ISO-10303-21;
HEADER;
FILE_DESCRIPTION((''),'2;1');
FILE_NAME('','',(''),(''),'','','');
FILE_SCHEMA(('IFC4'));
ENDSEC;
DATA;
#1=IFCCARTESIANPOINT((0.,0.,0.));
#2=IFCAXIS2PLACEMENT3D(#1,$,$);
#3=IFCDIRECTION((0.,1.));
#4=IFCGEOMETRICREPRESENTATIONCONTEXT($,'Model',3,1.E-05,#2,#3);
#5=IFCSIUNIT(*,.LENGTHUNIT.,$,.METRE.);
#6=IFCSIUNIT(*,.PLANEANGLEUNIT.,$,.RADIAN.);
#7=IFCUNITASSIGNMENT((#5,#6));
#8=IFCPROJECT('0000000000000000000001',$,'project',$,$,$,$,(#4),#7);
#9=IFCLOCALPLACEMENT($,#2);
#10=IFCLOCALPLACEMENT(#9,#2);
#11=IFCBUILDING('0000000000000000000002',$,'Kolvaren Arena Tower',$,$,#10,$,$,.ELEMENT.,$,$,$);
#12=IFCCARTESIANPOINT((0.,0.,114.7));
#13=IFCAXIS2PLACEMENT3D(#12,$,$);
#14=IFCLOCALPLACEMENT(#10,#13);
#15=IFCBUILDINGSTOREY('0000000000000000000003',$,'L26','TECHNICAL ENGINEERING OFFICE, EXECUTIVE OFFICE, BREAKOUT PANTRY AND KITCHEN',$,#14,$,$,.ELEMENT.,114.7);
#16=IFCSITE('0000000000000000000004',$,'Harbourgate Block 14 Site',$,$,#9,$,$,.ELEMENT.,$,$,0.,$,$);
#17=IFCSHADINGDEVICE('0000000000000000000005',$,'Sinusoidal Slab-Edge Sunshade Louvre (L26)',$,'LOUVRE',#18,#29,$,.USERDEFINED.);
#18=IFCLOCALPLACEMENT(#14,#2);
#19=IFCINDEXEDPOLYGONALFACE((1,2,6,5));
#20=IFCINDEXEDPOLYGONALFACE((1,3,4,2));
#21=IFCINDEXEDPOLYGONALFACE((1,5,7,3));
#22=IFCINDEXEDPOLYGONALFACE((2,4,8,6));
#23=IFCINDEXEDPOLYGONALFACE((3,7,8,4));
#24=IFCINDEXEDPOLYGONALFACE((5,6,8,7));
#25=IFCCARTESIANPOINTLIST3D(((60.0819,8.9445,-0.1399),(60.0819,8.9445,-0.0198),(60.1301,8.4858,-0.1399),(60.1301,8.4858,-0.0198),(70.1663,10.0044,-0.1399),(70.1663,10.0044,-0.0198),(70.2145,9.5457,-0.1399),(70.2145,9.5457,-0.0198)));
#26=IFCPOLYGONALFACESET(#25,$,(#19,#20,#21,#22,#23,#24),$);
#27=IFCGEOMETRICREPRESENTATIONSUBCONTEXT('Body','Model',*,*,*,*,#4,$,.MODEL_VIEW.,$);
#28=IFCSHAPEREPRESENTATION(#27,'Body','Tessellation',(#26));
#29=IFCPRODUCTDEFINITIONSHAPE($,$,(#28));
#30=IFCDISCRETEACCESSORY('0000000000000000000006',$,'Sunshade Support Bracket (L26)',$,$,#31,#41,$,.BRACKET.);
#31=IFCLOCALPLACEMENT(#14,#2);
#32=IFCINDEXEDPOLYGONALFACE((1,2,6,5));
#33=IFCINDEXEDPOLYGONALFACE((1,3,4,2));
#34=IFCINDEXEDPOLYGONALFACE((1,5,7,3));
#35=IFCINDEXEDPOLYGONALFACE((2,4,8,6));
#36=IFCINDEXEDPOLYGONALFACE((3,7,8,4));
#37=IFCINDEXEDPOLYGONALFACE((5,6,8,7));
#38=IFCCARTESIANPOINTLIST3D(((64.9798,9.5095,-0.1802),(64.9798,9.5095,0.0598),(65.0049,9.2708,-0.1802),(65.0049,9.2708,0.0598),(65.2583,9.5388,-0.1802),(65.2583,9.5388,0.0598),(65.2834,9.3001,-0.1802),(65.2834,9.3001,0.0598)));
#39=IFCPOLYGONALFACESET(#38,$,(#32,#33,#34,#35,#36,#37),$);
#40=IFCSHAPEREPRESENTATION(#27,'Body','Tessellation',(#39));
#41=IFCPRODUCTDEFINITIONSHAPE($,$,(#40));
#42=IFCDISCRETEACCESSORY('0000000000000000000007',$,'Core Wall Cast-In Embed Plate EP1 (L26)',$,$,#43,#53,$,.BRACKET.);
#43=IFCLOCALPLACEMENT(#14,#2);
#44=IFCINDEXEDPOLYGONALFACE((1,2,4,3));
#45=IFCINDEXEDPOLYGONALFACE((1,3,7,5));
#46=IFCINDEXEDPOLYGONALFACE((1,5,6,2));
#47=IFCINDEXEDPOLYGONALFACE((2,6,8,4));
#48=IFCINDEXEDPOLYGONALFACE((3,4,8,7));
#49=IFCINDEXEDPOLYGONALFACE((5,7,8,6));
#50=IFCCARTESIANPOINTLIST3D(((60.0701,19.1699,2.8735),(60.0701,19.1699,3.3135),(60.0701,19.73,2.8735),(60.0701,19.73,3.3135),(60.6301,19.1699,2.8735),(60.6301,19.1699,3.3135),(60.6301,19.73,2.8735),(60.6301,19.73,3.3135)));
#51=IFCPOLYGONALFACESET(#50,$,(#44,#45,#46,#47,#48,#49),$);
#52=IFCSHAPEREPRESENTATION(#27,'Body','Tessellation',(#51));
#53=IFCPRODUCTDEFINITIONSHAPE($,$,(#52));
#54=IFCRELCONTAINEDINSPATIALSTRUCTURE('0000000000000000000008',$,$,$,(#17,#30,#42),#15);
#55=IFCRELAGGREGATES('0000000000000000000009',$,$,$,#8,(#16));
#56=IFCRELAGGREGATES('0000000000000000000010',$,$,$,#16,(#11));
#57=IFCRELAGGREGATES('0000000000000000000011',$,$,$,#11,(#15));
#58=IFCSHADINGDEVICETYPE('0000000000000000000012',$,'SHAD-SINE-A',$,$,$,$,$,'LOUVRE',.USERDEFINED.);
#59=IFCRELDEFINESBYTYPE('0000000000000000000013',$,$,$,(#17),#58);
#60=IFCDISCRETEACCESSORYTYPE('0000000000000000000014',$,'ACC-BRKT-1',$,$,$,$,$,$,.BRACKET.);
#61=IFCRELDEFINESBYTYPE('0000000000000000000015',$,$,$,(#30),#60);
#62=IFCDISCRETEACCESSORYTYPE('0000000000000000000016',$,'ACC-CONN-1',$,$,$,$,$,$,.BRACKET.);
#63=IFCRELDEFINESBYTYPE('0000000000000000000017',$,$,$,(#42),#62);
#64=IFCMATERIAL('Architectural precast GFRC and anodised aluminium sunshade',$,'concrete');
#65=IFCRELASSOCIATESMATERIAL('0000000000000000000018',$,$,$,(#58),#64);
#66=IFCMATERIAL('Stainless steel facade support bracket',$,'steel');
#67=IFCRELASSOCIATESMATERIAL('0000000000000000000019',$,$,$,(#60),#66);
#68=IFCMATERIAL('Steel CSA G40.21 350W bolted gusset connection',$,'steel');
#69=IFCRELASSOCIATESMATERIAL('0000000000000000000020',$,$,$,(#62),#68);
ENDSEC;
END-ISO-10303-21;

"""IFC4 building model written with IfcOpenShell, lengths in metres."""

from ifc_helpers import new_model, si_unit, direction, frame, origin, origin_2d, place, context, subcontext, project, spatial, rectangle, extrude, material, type_object, element, save


model = new_model("IFC4")

# Units and contexts
model_context = context("Model", 3, precision=1e-05, world=origin(), true_north=direction((0.0, 1.0)))
body_context = subcontext(model_context, "Body", "Model", "MODEL_VIEW")
ifc_project = project(units=[si_unit("LENGTHUNIT", "METRE"), si_unit("PLANEANGLEUNIT", "RADIAN")], contexts=[model_context])

# Site, building, storey
site_placement = place(None, origin())
site = spatial("IfcSite", under=ifc_project, at=site_placement, Name="Harbourgate Block 14 Site", CompositionType="ELEMENT", RefElevation=0.0)
building_placement = place(site_placement, origin())
building = spatial("IfcBuilding", under=site, at=building_placement, Name="Kolvaren Arena Tower", CompositionType="ELEMENT")
storey_placement = place(building_placement, frame((0.0, 0.0, 114.7)))
storey = spatial("IfcBuildingStorey", under=building, at=storey_placement, Name="L26", Description="TECHNICAL ENGINEERING OFFICE, EXECUTIVE OFFICE, BREAKOUT PANTRY AND KITCHEN", CompositionType="ELEMENT", Elevation=114.7)

# Shading device
ifc_material_1 = material(Name="Architectural precast GFRC and anodised aluminium sunshade", Category="concrete")
shading_device_type = type_object("IfcShadingDeviceType", Name="SHAD-SINE-A", ElementType="LOUVRE", PredefinedType="USERDEFINED", material=ifc_material_1)
shading_device_placement = place(storey_placement, frame((65.1482, 9.2451, -0.1399), z_axis=(0.0, 0.0, 1.0), x_axis=(-0.994522, -0.104527, 0.0)))
element("IfcShadingDevice", 1, at=shading_device_placement, inside=storey, type_object=shading_device_type, Name="Sinusoidal Slab-Edge Sunshade Louvre (L26)", ObjectType="LOUVRE", PredefinedType="USERDEFINED", context=body_context, shape_type="SweptSolid", body=[
    extrude(rectangle(XDim=10.1399, YDim=0.4612, at=origin_2d()), origin(), (0.0, 0.0, 1.0), 0.1201),
])

# Discrete accessories
ifc_material_2 = material(Name="Stainless steel facade support bracket", Category="steel")
discrete_accessory_type_1 = type_object("IfcDiscreteAccessoryType", Name="ACC-BRKT-1", PredefinedType="BRACKET", material=ifc_material_2)
discrete_accessory_1_placement = place(storey_placement, frame((65.1316, 9.4048, -0.1802), z_axis=(0.0, 0.0, 1.0), x_axis=(-0.994522, -0.104527, 0.0)))
element("IfcDiscreteAccessory", 2, at=discrete_accessory_1_placement, inside=storey, type_object=discrete_accessory_type_1, Name="Sunshade Support Bracket (L26)", PredefinedType="BRACKET", context=body_context, shape_type="SweptSolid", body=[
    extrude(rectangle(XDim=0.28, YDim=0.24, at=origin_2d()), origin(), (0.0, 0.0, 1.0), 0.24),
])
ifc_material_3 = material(Name="Steel CSA G40.21 350W bolted gusset connection", Category="steel")
discrete_accessory_type_2 = type_object("IfcDiscreteAccessoryType", Name="ACC-CONN-1", PredefinedType="BRACKET", material=ifc_material_3)
discrete_accessory_2_placement = place(storey_placement, frame((60.3501, 19.45, 2.8735), z_axis=(0.0, 0.0, 1.0), x_axis=(1.0, 0.0, 0.0)))
element("IfcDiscreteAccessory", 3, at=discrete_accessory_2_placement, inside=storey, type_object=discrete_accessory_type_2, Name="Core Wall Cast-In Embed Plate EP1 (L26)", PredefinedType="BRACKET", context=body_context, shape_type="SweptSolid", body=[
    extrude(rectangle(XDim=0.5601, YDim=0.5601, at=origin_2d()), origin(), (0.0, 0.0, 1.0), 0.4399),
])

save(model, "model.ifc")
